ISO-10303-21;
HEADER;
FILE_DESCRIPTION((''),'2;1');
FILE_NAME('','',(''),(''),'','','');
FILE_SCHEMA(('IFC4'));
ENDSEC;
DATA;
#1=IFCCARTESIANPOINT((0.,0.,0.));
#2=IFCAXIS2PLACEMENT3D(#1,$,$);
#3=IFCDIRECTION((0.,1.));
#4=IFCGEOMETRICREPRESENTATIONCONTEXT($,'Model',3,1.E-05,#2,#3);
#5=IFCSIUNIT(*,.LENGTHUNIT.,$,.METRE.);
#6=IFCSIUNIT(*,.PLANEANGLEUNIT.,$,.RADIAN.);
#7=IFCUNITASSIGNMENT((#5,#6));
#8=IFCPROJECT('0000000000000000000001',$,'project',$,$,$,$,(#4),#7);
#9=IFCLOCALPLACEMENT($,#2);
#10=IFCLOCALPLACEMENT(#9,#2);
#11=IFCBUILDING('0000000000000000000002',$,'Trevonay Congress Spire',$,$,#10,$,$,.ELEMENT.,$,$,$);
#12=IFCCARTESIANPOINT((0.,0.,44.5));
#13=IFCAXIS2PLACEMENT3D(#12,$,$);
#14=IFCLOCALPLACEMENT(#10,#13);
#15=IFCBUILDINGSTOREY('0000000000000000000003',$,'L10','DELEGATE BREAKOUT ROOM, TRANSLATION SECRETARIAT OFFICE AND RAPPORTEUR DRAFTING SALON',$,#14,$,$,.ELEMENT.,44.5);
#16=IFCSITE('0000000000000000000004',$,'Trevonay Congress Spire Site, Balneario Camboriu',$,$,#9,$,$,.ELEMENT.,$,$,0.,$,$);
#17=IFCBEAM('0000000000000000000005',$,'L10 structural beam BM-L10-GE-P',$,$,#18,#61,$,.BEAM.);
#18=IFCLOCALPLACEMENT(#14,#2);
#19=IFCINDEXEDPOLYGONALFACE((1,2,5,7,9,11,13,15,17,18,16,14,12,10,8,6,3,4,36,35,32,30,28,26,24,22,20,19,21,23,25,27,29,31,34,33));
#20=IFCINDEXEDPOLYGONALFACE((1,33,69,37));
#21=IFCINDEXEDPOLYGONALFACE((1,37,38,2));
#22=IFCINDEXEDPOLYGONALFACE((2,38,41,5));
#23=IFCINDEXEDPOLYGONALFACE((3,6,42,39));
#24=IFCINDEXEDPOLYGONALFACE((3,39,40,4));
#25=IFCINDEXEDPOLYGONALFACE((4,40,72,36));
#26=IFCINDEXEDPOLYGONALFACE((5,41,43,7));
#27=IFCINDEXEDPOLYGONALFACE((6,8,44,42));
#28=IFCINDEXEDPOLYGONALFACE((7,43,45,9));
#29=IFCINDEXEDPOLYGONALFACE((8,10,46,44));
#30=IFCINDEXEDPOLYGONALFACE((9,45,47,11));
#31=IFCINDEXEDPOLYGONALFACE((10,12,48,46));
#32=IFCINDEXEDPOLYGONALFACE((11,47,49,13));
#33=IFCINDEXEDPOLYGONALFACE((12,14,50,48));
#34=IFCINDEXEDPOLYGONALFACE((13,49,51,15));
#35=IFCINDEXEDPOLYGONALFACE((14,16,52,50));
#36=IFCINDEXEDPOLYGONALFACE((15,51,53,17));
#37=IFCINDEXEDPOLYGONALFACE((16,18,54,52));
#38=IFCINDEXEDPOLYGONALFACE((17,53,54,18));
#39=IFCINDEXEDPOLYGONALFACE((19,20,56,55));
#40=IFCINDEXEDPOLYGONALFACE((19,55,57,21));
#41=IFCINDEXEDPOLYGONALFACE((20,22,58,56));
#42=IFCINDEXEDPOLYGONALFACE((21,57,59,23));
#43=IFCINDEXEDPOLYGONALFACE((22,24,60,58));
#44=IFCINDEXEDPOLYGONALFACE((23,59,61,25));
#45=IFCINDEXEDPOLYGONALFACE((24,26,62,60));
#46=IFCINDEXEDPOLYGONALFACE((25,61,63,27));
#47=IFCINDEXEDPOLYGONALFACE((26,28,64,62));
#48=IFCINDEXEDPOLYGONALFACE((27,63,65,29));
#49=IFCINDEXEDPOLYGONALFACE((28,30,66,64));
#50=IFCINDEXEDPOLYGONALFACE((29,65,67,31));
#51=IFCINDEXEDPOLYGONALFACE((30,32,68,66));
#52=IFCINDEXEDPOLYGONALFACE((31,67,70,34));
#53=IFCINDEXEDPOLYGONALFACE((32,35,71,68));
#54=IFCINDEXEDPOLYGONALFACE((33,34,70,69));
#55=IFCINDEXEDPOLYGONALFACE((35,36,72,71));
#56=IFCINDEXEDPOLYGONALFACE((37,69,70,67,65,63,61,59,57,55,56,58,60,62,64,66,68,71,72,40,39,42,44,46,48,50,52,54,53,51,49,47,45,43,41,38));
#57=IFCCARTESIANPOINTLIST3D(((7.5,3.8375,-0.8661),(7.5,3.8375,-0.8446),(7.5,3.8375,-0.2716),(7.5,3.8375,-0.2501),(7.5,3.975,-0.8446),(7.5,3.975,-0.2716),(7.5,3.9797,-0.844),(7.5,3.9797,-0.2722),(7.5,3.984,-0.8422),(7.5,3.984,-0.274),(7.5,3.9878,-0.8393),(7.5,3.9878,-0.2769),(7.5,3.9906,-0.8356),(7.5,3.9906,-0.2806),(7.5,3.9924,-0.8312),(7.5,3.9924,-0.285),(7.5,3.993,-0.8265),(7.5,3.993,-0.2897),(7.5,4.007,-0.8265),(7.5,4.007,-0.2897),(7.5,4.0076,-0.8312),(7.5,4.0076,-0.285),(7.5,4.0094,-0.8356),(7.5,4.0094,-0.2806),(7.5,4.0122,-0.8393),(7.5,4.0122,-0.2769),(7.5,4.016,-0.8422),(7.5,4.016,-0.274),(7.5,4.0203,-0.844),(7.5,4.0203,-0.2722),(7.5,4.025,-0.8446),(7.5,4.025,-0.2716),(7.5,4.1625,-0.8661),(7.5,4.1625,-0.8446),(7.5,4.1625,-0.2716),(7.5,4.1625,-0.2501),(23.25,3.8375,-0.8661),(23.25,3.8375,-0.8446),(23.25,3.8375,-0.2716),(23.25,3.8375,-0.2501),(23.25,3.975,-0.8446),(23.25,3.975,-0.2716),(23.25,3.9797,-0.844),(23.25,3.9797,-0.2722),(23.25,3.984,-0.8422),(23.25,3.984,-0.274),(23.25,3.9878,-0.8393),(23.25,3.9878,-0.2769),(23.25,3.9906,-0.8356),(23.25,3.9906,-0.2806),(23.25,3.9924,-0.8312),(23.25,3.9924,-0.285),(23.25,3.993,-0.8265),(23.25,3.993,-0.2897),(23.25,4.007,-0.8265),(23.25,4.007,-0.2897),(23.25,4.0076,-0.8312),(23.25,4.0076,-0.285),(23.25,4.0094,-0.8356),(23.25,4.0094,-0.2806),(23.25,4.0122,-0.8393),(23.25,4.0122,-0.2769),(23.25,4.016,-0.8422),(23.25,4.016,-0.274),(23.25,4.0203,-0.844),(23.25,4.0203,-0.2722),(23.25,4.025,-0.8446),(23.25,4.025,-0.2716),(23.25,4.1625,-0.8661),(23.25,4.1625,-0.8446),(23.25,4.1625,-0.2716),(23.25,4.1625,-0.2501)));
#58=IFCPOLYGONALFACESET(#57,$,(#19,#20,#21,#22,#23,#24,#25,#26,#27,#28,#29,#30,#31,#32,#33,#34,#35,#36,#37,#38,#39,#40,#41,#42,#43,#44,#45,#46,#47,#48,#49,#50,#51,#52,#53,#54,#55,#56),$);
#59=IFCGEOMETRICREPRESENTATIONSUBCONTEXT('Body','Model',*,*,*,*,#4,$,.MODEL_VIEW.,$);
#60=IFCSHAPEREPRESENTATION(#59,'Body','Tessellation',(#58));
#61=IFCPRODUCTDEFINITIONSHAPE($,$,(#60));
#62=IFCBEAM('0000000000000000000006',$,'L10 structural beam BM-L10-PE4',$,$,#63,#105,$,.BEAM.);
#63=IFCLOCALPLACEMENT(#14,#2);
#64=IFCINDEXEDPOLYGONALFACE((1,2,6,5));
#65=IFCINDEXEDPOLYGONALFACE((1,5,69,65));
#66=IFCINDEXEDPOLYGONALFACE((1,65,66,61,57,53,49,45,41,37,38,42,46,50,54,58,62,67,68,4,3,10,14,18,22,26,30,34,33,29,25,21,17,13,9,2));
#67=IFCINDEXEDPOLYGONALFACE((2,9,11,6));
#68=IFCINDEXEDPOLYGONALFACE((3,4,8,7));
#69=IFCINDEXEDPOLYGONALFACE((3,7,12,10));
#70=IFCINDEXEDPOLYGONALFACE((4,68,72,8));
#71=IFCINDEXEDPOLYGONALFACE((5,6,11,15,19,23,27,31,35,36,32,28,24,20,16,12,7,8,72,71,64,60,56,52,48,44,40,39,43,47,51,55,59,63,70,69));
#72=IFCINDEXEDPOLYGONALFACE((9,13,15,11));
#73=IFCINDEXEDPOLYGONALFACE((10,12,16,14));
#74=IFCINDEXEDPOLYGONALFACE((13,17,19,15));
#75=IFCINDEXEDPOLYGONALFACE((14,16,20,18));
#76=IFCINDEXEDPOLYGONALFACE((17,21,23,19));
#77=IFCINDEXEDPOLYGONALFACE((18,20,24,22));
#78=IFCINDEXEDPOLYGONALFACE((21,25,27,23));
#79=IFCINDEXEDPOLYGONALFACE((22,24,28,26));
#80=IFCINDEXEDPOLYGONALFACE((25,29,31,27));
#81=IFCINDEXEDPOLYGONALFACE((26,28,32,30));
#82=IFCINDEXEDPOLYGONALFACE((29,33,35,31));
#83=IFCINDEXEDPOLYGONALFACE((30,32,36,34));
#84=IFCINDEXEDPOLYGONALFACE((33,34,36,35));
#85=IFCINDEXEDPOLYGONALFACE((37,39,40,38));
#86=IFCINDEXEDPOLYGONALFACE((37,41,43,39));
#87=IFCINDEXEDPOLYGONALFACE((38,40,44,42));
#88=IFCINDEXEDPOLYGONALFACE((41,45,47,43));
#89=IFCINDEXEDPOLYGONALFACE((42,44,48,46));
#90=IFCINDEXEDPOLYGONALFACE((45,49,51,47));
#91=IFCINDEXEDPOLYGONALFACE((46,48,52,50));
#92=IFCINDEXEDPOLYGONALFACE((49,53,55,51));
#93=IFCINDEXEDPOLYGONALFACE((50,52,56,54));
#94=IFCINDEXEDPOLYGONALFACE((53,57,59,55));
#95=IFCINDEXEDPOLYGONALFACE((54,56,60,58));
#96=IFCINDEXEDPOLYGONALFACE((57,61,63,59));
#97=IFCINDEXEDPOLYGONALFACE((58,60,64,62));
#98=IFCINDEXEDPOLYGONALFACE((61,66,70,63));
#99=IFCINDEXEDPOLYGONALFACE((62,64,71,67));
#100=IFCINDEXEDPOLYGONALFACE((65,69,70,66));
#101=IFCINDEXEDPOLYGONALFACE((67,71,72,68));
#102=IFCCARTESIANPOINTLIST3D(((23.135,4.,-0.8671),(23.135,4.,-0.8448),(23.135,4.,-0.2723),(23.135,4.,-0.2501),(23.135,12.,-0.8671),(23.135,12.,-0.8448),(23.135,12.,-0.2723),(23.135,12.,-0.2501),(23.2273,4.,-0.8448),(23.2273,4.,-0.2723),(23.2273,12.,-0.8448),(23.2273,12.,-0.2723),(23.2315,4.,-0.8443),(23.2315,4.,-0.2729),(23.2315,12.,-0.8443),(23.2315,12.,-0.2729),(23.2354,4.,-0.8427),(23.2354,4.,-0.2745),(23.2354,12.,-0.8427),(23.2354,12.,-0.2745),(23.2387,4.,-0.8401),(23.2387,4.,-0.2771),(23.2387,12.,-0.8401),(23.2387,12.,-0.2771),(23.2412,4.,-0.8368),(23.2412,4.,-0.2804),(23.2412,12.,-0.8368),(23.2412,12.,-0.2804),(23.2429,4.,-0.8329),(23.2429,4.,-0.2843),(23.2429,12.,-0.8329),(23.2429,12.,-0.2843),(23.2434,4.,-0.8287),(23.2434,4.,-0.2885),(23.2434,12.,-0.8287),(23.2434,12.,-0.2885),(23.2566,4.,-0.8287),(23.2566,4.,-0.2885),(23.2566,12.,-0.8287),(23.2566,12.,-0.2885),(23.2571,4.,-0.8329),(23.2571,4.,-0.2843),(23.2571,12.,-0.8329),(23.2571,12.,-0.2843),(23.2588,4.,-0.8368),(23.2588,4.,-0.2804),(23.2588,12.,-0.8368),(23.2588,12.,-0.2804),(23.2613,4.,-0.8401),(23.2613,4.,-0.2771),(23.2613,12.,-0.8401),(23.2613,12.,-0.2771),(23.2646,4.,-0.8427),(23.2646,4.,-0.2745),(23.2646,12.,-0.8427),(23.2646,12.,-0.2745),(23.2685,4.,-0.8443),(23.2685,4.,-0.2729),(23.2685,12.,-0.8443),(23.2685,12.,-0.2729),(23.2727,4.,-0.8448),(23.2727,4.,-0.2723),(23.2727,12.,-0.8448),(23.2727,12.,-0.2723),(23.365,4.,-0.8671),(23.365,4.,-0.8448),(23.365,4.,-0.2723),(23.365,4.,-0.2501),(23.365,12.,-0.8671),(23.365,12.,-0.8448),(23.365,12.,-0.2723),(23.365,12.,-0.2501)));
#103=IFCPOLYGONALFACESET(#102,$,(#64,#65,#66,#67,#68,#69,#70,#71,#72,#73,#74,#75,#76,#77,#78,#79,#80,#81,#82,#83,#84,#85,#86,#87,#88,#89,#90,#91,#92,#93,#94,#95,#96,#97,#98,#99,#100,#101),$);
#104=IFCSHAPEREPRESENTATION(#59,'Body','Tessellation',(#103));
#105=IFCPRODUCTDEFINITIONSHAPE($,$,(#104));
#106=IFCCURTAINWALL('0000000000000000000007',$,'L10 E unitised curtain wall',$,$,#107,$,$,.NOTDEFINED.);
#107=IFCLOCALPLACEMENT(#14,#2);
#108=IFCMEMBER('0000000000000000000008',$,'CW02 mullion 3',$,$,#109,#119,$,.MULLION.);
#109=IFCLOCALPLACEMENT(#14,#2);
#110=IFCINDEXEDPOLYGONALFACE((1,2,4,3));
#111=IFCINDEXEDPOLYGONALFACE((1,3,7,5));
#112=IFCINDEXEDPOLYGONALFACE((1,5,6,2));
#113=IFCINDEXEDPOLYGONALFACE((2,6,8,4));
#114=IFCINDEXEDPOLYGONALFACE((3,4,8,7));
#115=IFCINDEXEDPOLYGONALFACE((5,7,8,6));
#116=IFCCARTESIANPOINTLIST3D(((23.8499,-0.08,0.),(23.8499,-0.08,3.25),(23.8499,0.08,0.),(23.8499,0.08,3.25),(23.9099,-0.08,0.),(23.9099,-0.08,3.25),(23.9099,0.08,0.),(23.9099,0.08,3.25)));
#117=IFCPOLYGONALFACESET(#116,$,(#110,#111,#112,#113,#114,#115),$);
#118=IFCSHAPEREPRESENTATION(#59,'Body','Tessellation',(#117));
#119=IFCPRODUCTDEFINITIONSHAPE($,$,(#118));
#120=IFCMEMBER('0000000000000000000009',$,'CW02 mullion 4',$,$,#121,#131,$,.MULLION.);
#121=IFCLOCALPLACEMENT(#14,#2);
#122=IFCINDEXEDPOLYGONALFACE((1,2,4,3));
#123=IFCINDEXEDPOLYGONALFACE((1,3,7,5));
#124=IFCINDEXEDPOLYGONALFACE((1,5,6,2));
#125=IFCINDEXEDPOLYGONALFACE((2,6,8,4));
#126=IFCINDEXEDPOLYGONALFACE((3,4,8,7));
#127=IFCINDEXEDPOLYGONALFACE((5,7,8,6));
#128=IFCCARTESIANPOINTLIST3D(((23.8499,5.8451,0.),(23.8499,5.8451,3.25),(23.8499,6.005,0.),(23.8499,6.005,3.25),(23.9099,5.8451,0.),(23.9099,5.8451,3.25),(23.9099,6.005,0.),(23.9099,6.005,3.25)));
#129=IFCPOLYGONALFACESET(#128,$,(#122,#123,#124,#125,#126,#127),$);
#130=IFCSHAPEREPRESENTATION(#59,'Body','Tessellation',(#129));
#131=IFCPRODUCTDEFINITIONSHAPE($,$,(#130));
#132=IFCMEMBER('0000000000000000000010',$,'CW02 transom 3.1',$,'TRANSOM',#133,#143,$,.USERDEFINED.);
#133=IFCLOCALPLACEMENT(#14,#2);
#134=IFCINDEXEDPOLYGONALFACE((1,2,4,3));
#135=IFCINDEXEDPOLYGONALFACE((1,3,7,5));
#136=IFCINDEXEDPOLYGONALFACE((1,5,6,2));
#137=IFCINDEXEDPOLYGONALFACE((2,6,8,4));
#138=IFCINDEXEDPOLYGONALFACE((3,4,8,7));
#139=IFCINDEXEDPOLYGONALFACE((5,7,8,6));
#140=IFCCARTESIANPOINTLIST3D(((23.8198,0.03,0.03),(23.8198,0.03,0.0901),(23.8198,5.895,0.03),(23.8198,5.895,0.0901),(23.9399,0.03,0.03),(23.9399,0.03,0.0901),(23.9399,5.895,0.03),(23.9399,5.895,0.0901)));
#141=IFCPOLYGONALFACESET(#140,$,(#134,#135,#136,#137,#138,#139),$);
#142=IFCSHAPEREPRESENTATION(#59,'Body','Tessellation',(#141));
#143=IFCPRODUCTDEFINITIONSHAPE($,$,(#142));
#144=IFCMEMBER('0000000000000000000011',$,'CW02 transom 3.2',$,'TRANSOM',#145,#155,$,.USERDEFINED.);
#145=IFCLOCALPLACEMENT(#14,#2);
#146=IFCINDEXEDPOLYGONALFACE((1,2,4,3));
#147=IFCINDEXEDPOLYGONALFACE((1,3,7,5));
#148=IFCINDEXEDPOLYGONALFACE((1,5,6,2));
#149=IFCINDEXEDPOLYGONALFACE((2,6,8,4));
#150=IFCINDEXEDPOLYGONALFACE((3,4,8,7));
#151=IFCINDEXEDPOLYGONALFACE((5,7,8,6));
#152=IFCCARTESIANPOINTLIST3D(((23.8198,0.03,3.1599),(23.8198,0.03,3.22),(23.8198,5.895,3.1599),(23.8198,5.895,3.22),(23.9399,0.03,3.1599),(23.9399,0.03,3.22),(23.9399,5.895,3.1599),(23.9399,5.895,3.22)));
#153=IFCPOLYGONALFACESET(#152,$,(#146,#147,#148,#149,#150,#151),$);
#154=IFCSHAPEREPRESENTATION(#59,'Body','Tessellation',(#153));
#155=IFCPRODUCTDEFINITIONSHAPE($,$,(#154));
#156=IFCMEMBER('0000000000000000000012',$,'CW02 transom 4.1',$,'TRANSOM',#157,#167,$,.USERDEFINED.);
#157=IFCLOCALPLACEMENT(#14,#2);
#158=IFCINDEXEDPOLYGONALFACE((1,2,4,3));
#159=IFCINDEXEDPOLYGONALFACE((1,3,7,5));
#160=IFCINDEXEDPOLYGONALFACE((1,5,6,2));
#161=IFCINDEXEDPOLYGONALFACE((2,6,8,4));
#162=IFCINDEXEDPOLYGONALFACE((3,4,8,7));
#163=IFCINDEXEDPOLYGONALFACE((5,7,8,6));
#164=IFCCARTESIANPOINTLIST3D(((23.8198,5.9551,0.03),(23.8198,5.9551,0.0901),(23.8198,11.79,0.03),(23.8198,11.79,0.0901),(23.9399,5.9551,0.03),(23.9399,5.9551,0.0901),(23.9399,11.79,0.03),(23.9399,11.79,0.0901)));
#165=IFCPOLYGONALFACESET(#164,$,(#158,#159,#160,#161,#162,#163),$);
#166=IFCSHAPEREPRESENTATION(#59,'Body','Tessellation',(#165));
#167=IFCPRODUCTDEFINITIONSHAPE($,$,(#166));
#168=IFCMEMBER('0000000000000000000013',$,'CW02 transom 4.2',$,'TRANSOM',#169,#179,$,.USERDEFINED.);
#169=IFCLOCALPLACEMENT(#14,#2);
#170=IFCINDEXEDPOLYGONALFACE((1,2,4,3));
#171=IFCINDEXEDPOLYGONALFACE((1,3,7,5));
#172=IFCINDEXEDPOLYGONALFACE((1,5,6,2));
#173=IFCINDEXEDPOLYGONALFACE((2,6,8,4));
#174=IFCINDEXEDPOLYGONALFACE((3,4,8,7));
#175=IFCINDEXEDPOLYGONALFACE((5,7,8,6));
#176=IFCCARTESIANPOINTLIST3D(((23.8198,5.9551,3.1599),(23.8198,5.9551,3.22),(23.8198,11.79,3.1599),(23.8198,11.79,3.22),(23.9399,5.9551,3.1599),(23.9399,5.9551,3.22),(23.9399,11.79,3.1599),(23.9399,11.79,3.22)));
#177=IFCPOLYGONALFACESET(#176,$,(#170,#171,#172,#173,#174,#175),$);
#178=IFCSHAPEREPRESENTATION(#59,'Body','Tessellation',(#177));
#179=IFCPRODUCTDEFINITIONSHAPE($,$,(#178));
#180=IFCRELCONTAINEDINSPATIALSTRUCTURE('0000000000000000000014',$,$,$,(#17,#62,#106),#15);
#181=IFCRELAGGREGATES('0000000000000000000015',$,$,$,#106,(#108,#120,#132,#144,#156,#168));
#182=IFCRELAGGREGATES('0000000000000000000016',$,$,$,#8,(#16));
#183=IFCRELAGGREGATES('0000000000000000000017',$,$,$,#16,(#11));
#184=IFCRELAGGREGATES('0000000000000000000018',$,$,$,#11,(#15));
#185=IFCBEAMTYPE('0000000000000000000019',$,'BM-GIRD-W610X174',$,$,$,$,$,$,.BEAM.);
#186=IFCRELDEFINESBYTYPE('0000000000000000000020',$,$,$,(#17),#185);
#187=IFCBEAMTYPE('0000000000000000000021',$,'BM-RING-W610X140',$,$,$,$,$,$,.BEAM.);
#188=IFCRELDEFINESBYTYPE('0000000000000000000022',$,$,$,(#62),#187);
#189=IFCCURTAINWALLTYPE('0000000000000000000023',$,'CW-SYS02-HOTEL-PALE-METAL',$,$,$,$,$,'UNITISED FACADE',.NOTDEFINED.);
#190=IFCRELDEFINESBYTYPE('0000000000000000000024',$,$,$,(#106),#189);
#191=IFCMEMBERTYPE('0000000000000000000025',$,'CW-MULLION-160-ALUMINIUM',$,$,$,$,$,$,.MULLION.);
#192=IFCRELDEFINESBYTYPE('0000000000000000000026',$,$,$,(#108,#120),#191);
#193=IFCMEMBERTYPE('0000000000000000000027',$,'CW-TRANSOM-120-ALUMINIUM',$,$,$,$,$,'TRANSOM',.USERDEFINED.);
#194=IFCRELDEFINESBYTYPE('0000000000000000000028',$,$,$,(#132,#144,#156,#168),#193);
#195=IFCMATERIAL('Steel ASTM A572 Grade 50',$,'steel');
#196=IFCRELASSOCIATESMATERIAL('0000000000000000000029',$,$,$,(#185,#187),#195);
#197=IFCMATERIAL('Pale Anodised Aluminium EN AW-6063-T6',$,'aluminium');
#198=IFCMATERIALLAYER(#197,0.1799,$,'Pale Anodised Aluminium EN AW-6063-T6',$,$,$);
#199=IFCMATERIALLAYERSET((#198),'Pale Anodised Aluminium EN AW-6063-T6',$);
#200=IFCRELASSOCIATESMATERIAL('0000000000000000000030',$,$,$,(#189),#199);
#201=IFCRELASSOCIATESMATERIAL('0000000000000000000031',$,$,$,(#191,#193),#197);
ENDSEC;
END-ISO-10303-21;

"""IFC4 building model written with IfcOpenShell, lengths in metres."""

from ifc_helpers import new_model, si_unit, direction, frame, origin, origin_2d, place, context, subcontext, project, spatial, rectangle, i_section, extrude, material, layer, layer_set, material_profile, profile_set, type_object, element, aggregate, save


model = new_model("IFC4")

# Units and contexts
model_context = context("Model", 3, precision=1e-05, world=origin(), true_north=direction((0.0, 1.0)))
body_context = subcontext(model_context, "Body", "Model", "MODEL_VIEW")
ifc_project = project(units=[si_unit("LENGTHUNIT", "METRE"), si_unit("PLANEANGLEUNIT", "RADIAN")], contexts=[model_context])

# Site, building, storey
site_placement = place(None, origin())
site = spatial("IfcSite", under=ifc_project, at=site_placement, Name="Trevonay Congress Spire Site, Balneario Camboriu", CompositionType="ELEMENT", RefElevation=0.0)
building_placement = place(site_placement, origin())
building = spatial("IfcBuilding", under=site, at=building_placement, Name="Trevonay Congress Spire", CompositionType="ELEMENT")
storey_placement = place(building_placement, frame((0.0, 0.0, 44.5)))
storey = spatial("IfcBuildingStorey", under=building, at=storey_placement, Name="L10", Description="DELEGATE BREAKOUT ROOM, TRANSLATION SECRETARIAT OFFICE AND RAPPORTEUR DRAFTING SALON", CompositionType="ELEMENT", Elevation=44.5)

# Shared definitions
ifc_material_1 = material(Name="Steel ASTM A572 Grade 50", Category="steel")

# Beams
ifc_material_profile_1 = material_profile(ifc_material_1, i_section(OverallWidth=0.325, OverallDepth=0.616, WebThickness=0.0139, FlangeThickness=0.0215, FilletRadius=0.0181, at=origin_2d()), Name="W610x174")
ifc_profile_set_1 = profile_set([ifc_material_profile_1], Name="Steel ASTM A572 Grade 50")
beam_type_1 = type_object("IfcBeamType", Name="BM-GIRD-W610X174", PredefinedType="BEAM", material=ifc_profile_set_1)
beam_1_placement = place(storey_placement, frame((7.5, 4.0, -0.5581), z_axis=(1.0, 0.0, 0.0), x_axis=(0.0, 1.0, 0.0)))
element("IfcBeam", 1, at=beam_1_placement, inside=storey, type_object=beam_type_1, Name="L10 structural beam BM-L10-GE-P", PredefinedType="BEAM", context=body_context, shape_type="SweptSolid", body=[
    extrude(i_section(OverallWidth=0.325, OverallDepth=0.616, WebThickness=0.0139, FlangeThickness=0.0215, FilletRadius=0.0181, at=origin_2d()), origin(), (0.0, 0.0, 1.0), 15.75),
])
ifc_material_profile_2 = material_profile(ifc_material_1, i_section(OverallWidth=0.23, OverallDepth=0.6169, WebThickness=0.0132, FlangeThickness=0.0222, FilletRadius=0.0161, at=origin_2d()), Name="W610x140")
ifc_profile_set_2 = profile_set([ifc_material_profile_2], Name="Steel ASTM A572 Grade 50")
beam_type_2 = type_object("IfcBeamType", Name="BM-RING-W610X140", PredefinedType="BEAM", material=ifc_profile_set_2)
beam_2_placement = place(storey_placement, frame((23.25, 4.0, -0.5586), z_axis=(0.0, 1.0, 0.0), x_axis=(-1.0, 0.0, 0.0)))
element("IfcBeam", 2, at=beam_2_placement, inside=storey, type_object=beam_type_2, Name="L10 structural beam BM-L10-PE4", PredefinedType="BEAM", context=body_context, shape_type="SweptSolid", body=[
    extrude(i_section(OverallWidth=0.23, OverallDepth=0.6169, WebThickness=0.0132, FlangeThickness=0.0222, FilletRadius=0.0161, at=origin_2d()), origin(), (0.0, 0.0, 1.0), 8.0),
])

# Curtain wall, members
ifc_material_2 = material(Name="Pale Anodised Aluminium EN AW-6063-T6", Category="aluminium")
ifc_layer_1 = layer(ifc_material_2, 0.1799, Name="Pale Anodised Aluminium EN AW-6063-T6")
ifc_layer_set_1 = layer_set([ifc_layer_1], Name="Pale Anodised Aluminium EN AW-6063-T6")
curtain_wall_type = type_object("IfcCurtainWallType", Name="CW-SYS02-HOTEL-PALE-METAL", ElementType="UNITISED FACADE", PredefinedType="NOTDEFINED", material=ifc_layer_set_1)
curtain_wall_placement = place(storey_placement, origin())
curtain_wall = element("IfcCurtainWall", 3, at=curtain_wall_placement, inside=storey, type_object=curtain_wall_type, Name="L10 E unitised curtain wall", PredefinedType="NOTDEFINED")
ifc_material_profile_3 = material_profile(ifc_material_2, rectangle(XDim=0.0601, YDim=0.1599, at=origin_2d()), Name="CW-MULLION-160-ALUMINIUM")
ifc_profile_set_3 = profile_set([ifc_material_profile_3], Name="Pale Anodised Aluminium EN AW-6063-T6")
member_type_1 = type_object("IfcMemberType", Name="CW-MULLION-160-ALUMINIUM", PredefinedType="MULLION", material=ifc_profile_set_3)
member_1_placement = place(storey_placement, frame((23.8799, 0.0, 0.0), z_axis=(0.0, 0.0, 1.0), x_axis=(-1.0, 0.0, 0.0)))
member_1 = element("IfcMember", 4, at=member_1_placement, type_object=member_type_1, Name="CW02 mullion 3", PredefinedType="MULLION", context=body_context, shape_type="SweptSolid", body=[
    extrude(rectangle(XDim=0.0601, YDim=0.1599, at=origin_2d()), origin(), (0.0, 0.0, 1.0), 3.25),
])
member_2_placement = place(storey_placement, frame((23.8799, 5.925, 0.0), z_axis=(0.0, 0.0, 1.0), x_axis=(-1.0, 0.0, 0.0)))
member_2 = element("IfcMember", 5, at=member_2_placement, type_object=member_type_1, Name="CW02 mullion 4", PredefinedType="MULLION", context=body_context, shape_type="SweptSolid", body=[
    extrude(rectangle(XDim=0.0601, YDim=0.1599, at=origin_2d()), origin(), (0.0, 0.0, 1.0), 3.25),
])
ifc_material_profile_4 = material_profile(ifc_material_2, rectangle(XDim=0.1201, YDim=0.0601, at=origin_2d()), Name="CW-TRANSOM-120-ALUMINIUM")
ifc_profile_set_4 = profile_set([ifc_material_profile_4], Name="Pale Anodised Aluminium EN AW-6063-T6")
member_type_2 = type_object("IfcMemberType", Name="CW-TRANSOM-120-ALUMINIUM", ElementType="TRANSOM", PredefinedType="USERDEFINED", material=ifc_profile_set_4)
member_3_placement = place(storey_placement, frame((23.8799, 0.03, 0.0601), z_axis=(0.0, 1.0, 0.0), x_axis=(-1.0, 0.0, 0.0)))
member_3 = element("IfcMember", 6, at=member_3_placement, type_object=member_type_2, Name="CW02 transom 3.1", ObjectType="TRANSOM", PredefinedType="USERDEFINED", context=body_context, shape_type="SweptSolid", body=[
    extrude(rectangle(XDim=0.1201, YDim=0.0601, at=origin_2d()), origin(), (0.0, 0.0, 1.0), 5.865),
])
member_4_placement = place(storey_placement, frame((23.8799, 0.03, 3.1899), z_axis=(0.0, 1.0, 0.0), x_axis=(-1.0, 0.0, 0.0)))
member_4 = element("IfcMember", 7, at=member_4_placement, type_object=member_type_2, Name="CW02 transom 3.2", ObjectType="TRANSOM", PredefinedType="USERDEFINED", context=body_context, shape_type="SweptSolid", body=[
    extrude(rectangle(XDim=0.1201, YDim=0.0601, at=origin_2d()), origin(), (0.0, 0.0, 1.0), 5.865),
])
member_5_placement = place(storey_placement, frame((23.8799, 5.9551, 0.0601), z_axis=(0.0, 1.0, 0.0), x_axis=(-1.0, 0.0, 0.0)))
member_5 = element("IfcMember", 8, at=member_5_placement, type_object=member_type_2, Name="CW02 transom 4.1", ObjectType="TRANSOM", PredefinedType="USERDEFINED", context=body_context, shape_type="SweptSolid", body=[
    extrude(rectangle(XDim=0.1201, YDim=0.0601, at=origin_2d()), origin(), (0.0, 0.0, 1.0), 5.835),
])
member_6_placement = place(storey_placement, frame((23.8799, 5.9551, 3.1899), z_axis=(0.0, 1.0, 0.0), x_axis=(-1.0, 0.0, 0.0)))
member_6 = element("IfcMember", 9, at=member_6_placement, type_object=member_type_2, Name="CW02 transom 4.2", ObjectType="TRANSOM", PredefinedType="USERDEFINED", context=body_context, shape_type="SweptSolid", body=[
    extrude(rectangle(XDim=0.1201, YDim=0.0601, at=origin_2d()), origin(), (0.0, 0.0, 1.0), 5.835),
])

aggregate(curtain_wall, [member_1, member_2, member_3, member_4, member_5, member_6])

save(model, "model.ifc")
